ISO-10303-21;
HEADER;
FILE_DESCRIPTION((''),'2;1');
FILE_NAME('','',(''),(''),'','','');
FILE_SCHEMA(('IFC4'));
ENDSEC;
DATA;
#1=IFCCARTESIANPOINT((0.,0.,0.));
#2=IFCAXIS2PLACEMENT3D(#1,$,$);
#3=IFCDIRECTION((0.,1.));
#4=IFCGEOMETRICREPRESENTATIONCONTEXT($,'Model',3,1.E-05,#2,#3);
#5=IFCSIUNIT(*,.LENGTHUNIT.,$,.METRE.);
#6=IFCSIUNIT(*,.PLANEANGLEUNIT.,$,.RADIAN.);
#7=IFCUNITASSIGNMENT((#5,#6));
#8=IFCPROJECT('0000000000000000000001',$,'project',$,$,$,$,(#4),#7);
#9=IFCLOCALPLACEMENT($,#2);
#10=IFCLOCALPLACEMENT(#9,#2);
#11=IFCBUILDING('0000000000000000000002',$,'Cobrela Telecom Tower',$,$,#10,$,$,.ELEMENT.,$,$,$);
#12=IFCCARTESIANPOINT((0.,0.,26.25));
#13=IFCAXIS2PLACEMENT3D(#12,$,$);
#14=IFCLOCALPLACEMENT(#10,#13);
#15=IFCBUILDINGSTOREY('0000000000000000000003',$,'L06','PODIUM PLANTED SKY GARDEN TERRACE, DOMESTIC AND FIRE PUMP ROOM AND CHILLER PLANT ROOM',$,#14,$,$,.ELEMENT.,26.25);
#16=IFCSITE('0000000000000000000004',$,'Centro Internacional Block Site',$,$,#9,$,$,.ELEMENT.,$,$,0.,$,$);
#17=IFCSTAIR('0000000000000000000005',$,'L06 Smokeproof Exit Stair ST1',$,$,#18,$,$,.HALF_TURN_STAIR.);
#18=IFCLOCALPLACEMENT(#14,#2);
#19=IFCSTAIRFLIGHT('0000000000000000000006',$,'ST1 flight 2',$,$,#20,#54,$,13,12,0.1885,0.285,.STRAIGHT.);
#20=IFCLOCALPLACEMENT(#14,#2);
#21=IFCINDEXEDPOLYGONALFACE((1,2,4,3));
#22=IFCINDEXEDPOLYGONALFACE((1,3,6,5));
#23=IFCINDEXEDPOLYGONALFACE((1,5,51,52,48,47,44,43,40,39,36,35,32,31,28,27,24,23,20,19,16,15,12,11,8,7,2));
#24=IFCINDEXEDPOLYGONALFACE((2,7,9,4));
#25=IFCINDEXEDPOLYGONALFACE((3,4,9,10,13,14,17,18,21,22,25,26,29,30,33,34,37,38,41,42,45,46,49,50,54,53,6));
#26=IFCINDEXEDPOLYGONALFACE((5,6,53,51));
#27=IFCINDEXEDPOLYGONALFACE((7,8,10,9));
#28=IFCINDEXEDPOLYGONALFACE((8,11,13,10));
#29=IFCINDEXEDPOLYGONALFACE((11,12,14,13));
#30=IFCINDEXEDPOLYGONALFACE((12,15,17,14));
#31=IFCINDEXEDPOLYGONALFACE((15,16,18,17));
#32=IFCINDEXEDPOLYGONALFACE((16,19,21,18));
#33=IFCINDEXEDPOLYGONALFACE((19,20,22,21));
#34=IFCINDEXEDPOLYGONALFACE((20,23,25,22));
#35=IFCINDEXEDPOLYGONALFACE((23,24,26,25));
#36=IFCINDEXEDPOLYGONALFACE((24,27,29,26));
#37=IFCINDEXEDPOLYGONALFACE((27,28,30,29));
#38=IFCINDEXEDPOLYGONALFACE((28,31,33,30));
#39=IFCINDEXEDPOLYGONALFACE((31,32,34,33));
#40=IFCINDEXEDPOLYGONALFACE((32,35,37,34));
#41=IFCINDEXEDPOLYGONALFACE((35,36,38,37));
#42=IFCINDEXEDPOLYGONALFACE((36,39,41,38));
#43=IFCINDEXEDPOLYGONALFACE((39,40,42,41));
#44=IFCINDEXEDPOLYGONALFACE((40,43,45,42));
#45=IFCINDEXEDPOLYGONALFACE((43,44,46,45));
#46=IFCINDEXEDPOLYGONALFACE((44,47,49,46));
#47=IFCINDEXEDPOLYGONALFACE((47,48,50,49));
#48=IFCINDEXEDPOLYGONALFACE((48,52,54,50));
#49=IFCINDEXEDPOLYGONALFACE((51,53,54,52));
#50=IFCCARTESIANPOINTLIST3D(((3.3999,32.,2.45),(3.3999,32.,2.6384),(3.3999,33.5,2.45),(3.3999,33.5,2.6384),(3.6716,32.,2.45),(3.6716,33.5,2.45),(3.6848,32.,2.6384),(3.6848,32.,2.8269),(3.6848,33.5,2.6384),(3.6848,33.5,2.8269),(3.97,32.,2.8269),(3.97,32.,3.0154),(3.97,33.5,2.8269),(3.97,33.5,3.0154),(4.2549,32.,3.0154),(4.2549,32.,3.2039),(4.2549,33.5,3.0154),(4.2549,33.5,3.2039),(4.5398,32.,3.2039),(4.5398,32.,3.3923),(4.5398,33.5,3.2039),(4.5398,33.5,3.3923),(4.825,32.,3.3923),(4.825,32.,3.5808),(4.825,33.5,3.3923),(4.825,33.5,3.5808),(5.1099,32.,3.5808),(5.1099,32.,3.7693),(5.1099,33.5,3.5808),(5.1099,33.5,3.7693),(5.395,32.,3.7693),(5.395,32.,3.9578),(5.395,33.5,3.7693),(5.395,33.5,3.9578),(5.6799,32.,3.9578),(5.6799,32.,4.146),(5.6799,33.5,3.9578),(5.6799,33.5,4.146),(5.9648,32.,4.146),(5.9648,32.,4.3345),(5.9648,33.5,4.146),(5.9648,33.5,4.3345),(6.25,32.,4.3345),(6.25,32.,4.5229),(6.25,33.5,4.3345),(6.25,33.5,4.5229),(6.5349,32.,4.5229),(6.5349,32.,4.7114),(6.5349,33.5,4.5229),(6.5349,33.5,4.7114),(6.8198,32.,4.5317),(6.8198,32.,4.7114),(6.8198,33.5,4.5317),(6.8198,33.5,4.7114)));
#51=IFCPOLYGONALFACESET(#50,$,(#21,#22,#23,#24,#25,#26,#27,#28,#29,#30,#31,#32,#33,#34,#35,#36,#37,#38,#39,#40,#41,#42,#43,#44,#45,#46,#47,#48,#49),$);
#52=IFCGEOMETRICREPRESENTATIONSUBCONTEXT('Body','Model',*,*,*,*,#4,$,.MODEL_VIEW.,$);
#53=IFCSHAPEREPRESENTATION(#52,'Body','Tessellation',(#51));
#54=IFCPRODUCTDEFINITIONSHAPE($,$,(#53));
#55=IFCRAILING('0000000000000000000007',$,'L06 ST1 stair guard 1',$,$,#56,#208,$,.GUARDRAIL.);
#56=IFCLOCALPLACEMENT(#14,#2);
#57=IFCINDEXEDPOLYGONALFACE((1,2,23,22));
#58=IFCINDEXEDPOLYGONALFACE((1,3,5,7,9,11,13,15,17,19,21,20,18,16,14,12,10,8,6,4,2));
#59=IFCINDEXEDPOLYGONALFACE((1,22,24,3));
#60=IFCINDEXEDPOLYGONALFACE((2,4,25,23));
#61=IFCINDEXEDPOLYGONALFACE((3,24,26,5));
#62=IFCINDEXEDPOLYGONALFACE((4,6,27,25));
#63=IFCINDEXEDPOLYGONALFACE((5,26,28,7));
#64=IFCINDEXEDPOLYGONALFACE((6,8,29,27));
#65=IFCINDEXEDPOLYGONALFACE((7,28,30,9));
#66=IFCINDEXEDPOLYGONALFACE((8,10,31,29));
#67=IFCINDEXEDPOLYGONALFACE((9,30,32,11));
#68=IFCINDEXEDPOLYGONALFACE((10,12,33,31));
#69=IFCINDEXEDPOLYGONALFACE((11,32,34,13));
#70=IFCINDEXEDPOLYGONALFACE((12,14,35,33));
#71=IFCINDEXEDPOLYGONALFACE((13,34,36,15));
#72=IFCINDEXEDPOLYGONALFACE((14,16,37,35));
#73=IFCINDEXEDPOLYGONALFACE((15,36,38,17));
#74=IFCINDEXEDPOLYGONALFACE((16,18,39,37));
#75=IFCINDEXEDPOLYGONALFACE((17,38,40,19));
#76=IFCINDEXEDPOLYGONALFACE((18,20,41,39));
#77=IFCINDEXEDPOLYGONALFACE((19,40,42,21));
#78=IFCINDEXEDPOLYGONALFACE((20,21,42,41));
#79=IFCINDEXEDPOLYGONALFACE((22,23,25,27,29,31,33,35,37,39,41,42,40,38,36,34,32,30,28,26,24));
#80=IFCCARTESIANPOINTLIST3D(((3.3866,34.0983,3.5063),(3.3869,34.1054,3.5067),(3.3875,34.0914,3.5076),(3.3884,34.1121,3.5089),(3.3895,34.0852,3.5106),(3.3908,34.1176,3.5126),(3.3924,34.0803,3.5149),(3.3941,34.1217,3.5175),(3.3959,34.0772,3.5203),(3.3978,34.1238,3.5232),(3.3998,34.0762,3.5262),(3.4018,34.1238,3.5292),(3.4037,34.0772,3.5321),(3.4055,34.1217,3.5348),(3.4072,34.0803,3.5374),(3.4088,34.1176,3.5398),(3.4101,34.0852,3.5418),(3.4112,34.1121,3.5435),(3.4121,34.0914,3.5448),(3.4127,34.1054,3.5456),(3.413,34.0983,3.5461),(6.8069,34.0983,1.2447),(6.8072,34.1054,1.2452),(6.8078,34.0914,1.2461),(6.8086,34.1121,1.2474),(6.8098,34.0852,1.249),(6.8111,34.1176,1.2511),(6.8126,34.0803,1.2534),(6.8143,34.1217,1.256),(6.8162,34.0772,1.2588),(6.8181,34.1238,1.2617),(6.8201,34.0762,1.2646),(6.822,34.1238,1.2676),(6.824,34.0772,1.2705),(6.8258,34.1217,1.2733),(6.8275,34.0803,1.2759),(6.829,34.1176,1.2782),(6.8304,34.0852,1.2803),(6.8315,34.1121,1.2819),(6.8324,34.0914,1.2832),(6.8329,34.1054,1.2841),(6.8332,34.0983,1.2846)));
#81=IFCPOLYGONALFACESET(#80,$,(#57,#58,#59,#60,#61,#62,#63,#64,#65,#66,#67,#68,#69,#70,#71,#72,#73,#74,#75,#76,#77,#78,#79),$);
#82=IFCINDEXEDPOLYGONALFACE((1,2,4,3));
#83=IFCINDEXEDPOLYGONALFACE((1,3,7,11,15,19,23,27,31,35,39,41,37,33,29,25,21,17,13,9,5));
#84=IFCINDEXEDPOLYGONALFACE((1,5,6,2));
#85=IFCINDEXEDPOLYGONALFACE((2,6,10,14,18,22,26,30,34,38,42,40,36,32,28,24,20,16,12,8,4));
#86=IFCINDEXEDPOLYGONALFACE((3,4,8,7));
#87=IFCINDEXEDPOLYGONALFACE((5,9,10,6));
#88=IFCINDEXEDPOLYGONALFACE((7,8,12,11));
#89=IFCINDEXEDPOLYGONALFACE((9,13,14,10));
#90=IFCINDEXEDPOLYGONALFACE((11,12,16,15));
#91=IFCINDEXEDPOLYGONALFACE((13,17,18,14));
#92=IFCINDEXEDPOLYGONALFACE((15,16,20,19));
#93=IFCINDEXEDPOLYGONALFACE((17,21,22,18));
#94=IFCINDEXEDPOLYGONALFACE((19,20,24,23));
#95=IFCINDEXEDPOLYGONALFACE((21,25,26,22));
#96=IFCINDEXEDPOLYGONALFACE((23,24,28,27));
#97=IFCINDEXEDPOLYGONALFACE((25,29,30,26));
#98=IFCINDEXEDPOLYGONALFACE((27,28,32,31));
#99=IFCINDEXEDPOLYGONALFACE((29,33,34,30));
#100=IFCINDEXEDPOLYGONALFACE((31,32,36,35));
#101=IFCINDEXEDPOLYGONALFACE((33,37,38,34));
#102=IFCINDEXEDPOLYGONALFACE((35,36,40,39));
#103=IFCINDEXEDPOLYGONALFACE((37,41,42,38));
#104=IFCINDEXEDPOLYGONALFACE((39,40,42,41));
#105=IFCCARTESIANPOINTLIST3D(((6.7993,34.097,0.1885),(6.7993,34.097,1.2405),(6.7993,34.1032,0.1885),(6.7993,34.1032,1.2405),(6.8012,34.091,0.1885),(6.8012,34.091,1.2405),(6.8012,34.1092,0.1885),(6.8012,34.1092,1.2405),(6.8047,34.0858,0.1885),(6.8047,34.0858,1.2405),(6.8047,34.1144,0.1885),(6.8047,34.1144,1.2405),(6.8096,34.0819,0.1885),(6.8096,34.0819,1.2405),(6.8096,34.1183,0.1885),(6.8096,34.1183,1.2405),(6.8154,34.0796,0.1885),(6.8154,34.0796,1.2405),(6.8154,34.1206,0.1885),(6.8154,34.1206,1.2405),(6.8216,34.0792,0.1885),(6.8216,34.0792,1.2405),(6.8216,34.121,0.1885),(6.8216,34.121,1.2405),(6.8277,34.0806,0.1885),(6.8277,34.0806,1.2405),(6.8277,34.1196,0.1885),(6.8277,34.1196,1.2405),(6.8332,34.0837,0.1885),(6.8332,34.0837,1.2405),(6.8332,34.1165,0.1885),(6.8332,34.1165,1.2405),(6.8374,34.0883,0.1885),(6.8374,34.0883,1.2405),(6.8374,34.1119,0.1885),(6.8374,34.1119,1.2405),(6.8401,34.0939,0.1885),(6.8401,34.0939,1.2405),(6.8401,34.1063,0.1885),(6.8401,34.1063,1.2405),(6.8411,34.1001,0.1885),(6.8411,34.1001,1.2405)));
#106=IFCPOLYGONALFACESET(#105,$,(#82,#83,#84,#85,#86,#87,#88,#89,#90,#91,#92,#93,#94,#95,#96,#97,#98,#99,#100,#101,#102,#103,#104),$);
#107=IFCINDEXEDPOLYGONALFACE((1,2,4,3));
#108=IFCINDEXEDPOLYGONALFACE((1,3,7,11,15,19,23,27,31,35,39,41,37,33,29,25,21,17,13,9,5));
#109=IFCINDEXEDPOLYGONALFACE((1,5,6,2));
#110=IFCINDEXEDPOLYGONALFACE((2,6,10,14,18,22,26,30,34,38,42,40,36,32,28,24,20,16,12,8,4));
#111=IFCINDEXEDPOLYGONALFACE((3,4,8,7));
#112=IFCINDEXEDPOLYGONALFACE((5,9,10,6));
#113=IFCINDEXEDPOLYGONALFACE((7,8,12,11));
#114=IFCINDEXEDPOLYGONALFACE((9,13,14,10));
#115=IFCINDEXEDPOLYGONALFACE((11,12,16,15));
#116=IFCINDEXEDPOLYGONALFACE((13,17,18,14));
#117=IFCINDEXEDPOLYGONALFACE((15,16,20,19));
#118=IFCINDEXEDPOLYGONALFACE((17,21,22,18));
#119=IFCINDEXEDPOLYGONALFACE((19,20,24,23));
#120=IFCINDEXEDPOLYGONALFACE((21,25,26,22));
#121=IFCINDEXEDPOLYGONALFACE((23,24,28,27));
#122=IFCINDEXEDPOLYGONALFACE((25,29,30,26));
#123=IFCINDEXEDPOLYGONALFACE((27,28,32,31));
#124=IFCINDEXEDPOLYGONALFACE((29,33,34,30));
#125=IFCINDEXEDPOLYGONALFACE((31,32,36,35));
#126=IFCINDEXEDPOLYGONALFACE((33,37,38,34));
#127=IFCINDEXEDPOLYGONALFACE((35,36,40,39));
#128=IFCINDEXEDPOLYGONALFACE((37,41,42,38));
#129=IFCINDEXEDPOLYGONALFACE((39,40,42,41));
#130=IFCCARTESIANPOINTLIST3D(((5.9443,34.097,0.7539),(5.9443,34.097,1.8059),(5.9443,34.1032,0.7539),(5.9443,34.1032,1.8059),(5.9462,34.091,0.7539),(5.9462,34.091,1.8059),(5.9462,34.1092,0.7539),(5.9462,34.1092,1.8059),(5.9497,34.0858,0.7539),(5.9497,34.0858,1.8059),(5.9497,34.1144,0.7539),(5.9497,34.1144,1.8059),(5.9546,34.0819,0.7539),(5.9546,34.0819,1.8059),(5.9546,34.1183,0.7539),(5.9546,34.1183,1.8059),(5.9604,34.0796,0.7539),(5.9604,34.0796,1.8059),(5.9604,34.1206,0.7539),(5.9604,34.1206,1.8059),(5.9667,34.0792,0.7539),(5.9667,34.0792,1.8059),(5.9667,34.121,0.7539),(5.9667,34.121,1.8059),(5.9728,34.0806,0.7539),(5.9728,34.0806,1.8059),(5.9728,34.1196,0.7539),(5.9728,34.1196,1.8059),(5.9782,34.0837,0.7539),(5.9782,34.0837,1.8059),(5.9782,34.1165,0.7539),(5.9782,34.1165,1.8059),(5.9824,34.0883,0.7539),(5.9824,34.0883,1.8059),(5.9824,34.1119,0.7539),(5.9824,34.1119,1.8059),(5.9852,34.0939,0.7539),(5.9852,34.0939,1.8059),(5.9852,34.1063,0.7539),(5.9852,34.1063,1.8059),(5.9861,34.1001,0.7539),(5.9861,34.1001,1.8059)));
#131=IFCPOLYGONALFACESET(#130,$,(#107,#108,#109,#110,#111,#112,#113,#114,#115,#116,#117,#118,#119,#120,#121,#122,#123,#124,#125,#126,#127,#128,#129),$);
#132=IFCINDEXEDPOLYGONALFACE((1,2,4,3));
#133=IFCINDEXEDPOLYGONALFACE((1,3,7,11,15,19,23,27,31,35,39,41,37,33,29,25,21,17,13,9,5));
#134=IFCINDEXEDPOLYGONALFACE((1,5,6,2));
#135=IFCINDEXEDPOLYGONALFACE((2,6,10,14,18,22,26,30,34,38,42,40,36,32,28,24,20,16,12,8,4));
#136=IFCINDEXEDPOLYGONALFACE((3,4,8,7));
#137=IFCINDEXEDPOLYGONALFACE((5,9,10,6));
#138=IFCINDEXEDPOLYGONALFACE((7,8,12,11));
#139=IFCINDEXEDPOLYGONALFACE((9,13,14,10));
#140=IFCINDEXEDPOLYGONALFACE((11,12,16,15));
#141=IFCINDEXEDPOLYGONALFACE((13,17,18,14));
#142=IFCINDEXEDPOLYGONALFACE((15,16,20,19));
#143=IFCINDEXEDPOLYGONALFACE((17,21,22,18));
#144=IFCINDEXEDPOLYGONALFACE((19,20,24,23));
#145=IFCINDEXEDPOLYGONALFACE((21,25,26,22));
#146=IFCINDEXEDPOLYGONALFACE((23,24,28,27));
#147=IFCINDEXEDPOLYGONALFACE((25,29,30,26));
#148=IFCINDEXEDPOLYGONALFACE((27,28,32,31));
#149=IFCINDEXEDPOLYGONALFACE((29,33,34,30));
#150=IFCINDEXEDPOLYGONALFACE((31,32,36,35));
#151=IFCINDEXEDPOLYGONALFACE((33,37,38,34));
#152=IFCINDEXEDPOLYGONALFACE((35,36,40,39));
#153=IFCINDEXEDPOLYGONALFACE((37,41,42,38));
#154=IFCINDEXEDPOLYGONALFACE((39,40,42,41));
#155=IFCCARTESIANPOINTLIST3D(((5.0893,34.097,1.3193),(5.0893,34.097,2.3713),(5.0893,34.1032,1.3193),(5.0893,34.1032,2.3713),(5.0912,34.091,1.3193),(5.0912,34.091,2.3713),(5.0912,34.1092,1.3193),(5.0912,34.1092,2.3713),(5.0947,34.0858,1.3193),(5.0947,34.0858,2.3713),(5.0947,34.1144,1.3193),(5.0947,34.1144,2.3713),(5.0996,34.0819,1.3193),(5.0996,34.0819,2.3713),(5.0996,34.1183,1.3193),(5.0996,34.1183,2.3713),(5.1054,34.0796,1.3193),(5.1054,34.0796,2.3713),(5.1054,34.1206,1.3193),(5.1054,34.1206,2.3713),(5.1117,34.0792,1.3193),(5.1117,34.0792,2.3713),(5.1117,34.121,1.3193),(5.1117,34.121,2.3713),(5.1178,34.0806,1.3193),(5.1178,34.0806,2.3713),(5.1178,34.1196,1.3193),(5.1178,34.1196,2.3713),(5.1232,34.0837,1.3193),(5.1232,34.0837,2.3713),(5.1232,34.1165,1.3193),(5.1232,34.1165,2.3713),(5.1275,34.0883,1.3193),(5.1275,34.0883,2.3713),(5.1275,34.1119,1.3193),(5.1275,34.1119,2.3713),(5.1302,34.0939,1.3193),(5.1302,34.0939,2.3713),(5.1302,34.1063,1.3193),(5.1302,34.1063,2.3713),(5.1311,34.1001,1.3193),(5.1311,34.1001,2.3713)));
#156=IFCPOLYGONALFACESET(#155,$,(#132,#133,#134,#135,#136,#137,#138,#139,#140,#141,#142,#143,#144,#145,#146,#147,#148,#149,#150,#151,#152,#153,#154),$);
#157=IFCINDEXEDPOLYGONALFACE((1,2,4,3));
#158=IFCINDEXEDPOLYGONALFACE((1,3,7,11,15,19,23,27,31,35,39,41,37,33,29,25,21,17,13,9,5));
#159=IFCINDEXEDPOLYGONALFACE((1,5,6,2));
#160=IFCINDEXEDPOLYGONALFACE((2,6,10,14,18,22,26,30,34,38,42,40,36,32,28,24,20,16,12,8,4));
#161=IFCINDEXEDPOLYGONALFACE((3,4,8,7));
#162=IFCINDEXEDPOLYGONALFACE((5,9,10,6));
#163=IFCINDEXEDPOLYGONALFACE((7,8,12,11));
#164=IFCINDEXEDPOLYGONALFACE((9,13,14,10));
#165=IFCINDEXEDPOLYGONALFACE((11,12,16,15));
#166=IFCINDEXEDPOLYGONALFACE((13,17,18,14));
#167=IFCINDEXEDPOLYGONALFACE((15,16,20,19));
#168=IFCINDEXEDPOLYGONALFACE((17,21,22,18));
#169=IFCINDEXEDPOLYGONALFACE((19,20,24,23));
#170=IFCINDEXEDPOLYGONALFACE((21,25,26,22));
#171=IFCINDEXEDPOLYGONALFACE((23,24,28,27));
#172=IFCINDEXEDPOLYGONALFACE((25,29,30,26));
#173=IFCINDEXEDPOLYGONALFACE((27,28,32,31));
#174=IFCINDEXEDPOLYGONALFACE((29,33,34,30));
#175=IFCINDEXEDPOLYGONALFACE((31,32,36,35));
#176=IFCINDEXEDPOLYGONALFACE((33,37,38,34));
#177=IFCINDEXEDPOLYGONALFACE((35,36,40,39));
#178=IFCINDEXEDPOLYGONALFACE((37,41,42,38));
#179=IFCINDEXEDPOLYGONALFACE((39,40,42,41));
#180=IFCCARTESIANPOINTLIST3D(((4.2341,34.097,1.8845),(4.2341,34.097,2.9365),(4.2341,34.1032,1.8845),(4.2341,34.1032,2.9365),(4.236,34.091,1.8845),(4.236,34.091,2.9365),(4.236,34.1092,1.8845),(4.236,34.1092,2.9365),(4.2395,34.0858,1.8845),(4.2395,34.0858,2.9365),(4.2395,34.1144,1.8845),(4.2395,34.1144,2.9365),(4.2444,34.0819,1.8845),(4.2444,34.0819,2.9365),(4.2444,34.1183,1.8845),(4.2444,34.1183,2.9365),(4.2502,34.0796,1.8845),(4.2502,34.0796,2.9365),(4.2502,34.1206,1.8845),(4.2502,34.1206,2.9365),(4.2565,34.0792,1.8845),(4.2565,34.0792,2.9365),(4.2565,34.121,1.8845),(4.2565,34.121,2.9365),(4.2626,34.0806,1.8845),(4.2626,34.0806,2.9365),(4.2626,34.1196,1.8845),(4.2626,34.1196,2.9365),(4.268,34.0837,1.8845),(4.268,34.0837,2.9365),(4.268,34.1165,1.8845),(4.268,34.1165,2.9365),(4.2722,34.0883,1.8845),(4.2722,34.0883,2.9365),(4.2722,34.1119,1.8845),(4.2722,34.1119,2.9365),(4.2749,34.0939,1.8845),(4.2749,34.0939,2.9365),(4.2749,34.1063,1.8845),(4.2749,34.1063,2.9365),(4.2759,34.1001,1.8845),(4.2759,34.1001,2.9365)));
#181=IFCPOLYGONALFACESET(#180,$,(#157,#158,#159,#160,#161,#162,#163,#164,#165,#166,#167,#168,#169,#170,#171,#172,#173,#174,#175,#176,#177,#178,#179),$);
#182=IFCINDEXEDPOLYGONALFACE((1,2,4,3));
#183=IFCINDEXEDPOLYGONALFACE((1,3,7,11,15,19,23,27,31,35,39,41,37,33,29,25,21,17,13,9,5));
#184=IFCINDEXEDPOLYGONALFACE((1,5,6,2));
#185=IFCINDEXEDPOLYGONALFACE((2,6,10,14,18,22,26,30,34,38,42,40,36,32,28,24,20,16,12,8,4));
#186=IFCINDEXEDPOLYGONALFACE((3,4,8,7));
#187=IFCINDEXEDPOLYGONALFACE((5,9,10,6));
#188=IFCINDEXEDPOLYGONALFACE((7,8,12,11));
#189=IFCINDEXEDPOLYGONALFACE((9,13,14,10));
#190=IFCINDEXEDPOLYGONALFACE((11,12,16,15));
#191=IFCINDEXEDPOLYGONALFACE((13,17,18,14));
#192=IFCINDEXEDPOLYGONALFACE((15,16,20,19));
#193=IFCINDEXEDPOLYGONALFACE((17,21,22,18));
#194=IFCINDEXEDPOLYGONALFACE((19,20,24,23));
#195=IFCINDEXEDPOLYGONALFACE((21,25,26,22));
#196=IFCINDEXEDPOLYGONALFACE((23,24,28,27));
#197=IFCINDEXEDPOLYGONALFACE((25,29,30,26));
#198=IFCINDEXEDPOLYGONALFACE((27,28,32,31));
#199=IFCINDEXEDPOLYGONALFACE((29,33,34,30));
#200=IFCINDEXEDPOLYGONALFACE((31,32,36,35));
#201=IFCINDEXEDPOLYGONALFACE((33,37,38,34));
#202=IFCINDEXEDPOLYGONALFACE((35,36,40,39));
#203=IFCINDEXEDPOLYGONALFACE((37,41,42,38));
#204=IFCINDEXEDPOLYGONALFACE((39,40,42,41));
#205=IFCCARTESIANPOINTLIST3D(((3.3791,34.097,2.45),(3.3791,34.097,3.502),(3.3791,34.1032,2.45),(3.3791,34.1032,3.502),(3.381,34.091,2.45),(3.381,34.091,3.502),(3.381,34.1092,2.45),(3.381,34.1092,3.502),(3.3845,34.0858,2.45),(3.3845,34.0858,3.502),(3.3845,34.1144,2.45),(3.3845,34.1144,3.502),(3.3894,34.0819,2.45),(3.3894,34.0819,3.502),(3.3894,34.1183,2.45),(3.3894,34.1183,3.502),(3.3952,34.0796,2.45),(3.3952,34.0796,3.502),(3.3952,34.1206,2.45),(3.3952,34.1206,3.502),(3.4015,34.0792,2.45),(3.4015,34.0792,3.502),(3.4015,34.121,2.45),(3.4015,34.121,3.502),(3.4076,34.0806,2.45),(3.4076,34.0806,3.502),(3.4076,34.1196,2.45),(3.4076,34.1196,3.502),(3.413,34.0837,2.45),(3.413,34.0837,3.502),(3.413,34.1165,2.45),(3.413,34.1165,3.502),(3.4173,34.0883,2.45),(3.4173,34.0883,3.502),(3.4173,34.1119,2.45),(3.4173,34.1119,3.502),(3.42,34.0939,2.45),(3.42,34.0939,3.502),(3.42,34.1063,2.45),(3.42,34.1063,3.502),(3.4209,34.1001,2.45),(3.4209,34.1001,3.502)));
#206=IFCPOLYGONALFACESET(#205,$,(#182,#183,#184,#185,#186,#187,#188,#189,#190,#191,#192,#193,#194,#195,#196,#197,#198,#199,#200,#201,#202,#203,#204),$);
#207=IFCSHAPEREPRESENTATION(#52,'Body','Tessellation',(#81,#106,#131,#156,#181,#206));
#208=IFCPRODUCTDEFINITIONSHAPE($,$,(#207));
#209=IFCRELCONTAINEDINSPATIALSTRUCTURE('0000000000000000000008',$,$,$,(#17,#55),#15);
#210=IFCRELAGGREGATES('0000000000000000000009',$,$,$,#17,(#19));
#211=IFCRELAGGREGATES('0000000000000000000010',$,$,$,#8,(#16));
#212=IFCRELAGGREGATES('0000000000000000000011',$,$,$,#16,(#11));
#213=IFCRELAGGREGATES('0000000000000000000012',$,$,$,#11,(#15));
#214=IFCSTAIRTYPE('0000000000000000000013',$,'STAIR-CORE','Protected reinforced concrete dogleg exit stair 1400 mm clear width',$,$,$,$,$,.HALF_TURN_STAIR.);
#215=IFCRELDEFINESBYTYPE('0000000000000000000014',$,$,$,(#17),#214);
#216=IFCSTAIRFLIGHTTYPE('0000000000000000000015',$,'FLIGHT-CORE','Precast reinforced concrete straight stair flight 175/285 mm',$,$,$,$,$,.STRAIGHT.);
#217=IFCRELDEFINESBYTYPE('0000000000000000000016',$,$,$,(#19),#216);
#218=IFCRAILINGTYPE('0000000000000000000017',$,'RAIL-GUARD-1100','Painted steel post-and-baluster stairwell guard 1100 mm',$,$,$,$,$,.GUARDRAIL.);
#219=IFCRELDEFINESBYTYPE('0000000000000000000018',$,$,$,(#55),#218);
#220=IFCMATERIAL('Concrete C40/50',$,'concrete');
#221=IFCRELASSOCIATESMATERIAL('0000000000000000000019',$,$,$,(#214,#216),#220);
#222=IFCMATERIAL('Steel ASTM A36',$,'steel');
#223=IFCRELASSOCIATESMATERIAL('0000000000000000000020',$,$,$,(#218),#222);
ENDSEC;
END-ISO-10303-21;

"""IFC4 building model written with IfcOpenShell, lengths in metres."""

from ifc_helpers import new_model, si_unit, direction, frame, origin, origin_2d, place, context, subcontext, project, spatial, polyline, circle, outline, extrude, material, type_object, element, aggregate, save


model = new_model("IFC4")

# Units and contexts
model_context = context("Model", 3, precision=1e-05, world=origin(), true_north=direction((0.0, 1.0)))
body_context = subcontext(model_context, "Body", "Model", "MODEL_VIEW")
ifc_project = project(units=[si_unit("LENGTHUNIT", "METRE"), si_unit("PLANEANGLEUNIT", "RADIAN")], contexts=[model_context])

# Site, building, storey
site_placement = place(None, origin())
site = spatial("IfcSite", under=ifc_project, at=site_placement, Name="Centro Internacional Block Site", CompositionType="ELEMENT", RefElevation=0.0)
building_placement = place(site_placement, origin())
building = spatial("IfcBuilding", under=site, at=building_placement, Name="Cobrela Telecom Tower", CompositionType="ELEMENT")
storey_placement = place(building_placement, frame((0.0, 0.0, 26.25)))
storey = spatial("IfcBuildingStorey", under=building, at=storey_placement, Name="L06", Description="PODIUM PLANTED SKY GARDEN TERRACE, DOMESTIC AND FIRE PUMP ROOM AND CHILLER PLANT ROOM", CompositionType="ELEMENT", Elevation=26.25)

# Shared definitions
ifc_material_1 = material(Name="Concrete C40/50", Category="concrete")

# Stair, stair flight
stair_type = type_object("IfcStairType", Name="STAIR-CORE", Description="Protected reinforced concrete dogleg exit stair 1400 mm clear width", PredefinedType="HALF_TURN_STAIR", material=ifc_material_1)
stair_placement = place(storey_placement, origin())
stair = element("IfcStair", 1, at=stair_placement, inside=storey, type_object=stair_type, Name="L06 Smokeproof Exit Stair ST1", PredefinedType="HALF_TURN_STAIR")
stair_flight_type = type_object("IfcStairFlightType", Name="FLIGHT-CORE", Description="Precast reinforced concrete straight stair flight 175/285 mm", PredefinedType="STRAIGHT", material=ifc_material_1)
stair_flight_1_placement = place(storey_placement, frame((3.3999, 32.75, 2.45), z_axis=(0.0, 0.0, 1.0), x_axis=(1.0, 0.0, 0.0)))
stair_flight_1 = element("IfcStairFlight", 2, at=stair_flight_1_placement, type_object=stair_flight_type, Name="ST1 flight 2", NumberOfRisers=13, NumberOfTreads=12, PredefinedType="STRAIGHT", RiserHeight=0.1885, TreadLength=0.285, context=body_context, shape_type="SweptSolid", body=[
    extrude(outline(polyline([(0.0, 0.0), (0.0, 0.1885), (0.2849, 0.1885), (0.2849, 0.377), (0.5701, 0.377), (0.5701, 0.5654), (0.855, 0.5654), (0.855, 0.7539), (1.1399, 0.7539), (1.1399, 0.9424), (1.425, 0.9424), (1.425, 1.1309), (1.71, 1.1309), (1.71, 1.3193), (1.9951, 1.3193), (1.9951, 1.5078), (2.28, 1.5078), (2.28, 1.696), (2.5649, 1.696), (2.5649, 1.8845), (2.8501, 1.8845), (2.8501, 2.073), (3.135, 2.073), (3.135, 2.2615), (3.4199, 2.2615), (3.4199, 2.45), (3.4199, 2.0818), (0.2717, 0.0), (0.0, 0.0)])), frame((0.0, 0.75, 0.0), z_axis=(0.0, -1.0, 0.0), x_axis=(1.0, 0.0, 0.0)), (0.0, 0.0, 1.0), 1.5),
])
aggregate(stair, [stair_flight_1])

# Railing
ifc_material_2 = material(Name="Steel ASTM A36", Category="steel")
railing_type_1 = type_object("IfcRailingType", Name="RAIL-GUARD-1100", Description="Painted steel post-and-baluster stairwell guard 1100 mm", PredefinedType="GUARDRAIL", material=ifc_material_2)
railing_1_placement = place(storey_placement, frame((6.8201, 34.1001, 0.1885)))
element("IfcRailing", 3, at=railing_1_placement, inside=storey, type_object=railing_type_1, Name="L06 ST1 stair guard 1", PredefinedType="GUARDRAIL", context=body_context, shape_type="SweptSolid", body=[
    extrude(circle(Radius=0.0239, at=origin_2d()), frame((0.0, 0.0, 1.0762), z_axis=(-0.834142, 0.0, 0.55155), x_axis=(0.0, -1.0, 0.0)), (0.0, 0.0, 1.0), 4.1003),
    extrude(circle(Radius=0.021, at=origin_2d()), origin(), (0.0, 0.0, 1.0), 1.052),
    extrude(circle(Radius=0.021, at=origin_2d()), frame((-0.855, 0.0, 0.5654)), (0.0, 0.0, 1.0), 1.052),
    extrude(circle(Radius=0.021, at=origin_2d()), frame((-1.71, 0.0, 1.1309)), (0.0, 0.0, 1.0), 1.052),
    extrude(circle(Radius=0.021, at=origin_2d()), frame((-2.5652, 0.0, 1.696)), (0.0, 0.0, 1.0), 1.052),
    extrude(circle(Radius=0.021, at=origin_2d()), frame((-3.4202, 0.0, 2.2615)), (0.0, 0.0, 1.0), 1.052),
])

save(model, "model.ifc")
